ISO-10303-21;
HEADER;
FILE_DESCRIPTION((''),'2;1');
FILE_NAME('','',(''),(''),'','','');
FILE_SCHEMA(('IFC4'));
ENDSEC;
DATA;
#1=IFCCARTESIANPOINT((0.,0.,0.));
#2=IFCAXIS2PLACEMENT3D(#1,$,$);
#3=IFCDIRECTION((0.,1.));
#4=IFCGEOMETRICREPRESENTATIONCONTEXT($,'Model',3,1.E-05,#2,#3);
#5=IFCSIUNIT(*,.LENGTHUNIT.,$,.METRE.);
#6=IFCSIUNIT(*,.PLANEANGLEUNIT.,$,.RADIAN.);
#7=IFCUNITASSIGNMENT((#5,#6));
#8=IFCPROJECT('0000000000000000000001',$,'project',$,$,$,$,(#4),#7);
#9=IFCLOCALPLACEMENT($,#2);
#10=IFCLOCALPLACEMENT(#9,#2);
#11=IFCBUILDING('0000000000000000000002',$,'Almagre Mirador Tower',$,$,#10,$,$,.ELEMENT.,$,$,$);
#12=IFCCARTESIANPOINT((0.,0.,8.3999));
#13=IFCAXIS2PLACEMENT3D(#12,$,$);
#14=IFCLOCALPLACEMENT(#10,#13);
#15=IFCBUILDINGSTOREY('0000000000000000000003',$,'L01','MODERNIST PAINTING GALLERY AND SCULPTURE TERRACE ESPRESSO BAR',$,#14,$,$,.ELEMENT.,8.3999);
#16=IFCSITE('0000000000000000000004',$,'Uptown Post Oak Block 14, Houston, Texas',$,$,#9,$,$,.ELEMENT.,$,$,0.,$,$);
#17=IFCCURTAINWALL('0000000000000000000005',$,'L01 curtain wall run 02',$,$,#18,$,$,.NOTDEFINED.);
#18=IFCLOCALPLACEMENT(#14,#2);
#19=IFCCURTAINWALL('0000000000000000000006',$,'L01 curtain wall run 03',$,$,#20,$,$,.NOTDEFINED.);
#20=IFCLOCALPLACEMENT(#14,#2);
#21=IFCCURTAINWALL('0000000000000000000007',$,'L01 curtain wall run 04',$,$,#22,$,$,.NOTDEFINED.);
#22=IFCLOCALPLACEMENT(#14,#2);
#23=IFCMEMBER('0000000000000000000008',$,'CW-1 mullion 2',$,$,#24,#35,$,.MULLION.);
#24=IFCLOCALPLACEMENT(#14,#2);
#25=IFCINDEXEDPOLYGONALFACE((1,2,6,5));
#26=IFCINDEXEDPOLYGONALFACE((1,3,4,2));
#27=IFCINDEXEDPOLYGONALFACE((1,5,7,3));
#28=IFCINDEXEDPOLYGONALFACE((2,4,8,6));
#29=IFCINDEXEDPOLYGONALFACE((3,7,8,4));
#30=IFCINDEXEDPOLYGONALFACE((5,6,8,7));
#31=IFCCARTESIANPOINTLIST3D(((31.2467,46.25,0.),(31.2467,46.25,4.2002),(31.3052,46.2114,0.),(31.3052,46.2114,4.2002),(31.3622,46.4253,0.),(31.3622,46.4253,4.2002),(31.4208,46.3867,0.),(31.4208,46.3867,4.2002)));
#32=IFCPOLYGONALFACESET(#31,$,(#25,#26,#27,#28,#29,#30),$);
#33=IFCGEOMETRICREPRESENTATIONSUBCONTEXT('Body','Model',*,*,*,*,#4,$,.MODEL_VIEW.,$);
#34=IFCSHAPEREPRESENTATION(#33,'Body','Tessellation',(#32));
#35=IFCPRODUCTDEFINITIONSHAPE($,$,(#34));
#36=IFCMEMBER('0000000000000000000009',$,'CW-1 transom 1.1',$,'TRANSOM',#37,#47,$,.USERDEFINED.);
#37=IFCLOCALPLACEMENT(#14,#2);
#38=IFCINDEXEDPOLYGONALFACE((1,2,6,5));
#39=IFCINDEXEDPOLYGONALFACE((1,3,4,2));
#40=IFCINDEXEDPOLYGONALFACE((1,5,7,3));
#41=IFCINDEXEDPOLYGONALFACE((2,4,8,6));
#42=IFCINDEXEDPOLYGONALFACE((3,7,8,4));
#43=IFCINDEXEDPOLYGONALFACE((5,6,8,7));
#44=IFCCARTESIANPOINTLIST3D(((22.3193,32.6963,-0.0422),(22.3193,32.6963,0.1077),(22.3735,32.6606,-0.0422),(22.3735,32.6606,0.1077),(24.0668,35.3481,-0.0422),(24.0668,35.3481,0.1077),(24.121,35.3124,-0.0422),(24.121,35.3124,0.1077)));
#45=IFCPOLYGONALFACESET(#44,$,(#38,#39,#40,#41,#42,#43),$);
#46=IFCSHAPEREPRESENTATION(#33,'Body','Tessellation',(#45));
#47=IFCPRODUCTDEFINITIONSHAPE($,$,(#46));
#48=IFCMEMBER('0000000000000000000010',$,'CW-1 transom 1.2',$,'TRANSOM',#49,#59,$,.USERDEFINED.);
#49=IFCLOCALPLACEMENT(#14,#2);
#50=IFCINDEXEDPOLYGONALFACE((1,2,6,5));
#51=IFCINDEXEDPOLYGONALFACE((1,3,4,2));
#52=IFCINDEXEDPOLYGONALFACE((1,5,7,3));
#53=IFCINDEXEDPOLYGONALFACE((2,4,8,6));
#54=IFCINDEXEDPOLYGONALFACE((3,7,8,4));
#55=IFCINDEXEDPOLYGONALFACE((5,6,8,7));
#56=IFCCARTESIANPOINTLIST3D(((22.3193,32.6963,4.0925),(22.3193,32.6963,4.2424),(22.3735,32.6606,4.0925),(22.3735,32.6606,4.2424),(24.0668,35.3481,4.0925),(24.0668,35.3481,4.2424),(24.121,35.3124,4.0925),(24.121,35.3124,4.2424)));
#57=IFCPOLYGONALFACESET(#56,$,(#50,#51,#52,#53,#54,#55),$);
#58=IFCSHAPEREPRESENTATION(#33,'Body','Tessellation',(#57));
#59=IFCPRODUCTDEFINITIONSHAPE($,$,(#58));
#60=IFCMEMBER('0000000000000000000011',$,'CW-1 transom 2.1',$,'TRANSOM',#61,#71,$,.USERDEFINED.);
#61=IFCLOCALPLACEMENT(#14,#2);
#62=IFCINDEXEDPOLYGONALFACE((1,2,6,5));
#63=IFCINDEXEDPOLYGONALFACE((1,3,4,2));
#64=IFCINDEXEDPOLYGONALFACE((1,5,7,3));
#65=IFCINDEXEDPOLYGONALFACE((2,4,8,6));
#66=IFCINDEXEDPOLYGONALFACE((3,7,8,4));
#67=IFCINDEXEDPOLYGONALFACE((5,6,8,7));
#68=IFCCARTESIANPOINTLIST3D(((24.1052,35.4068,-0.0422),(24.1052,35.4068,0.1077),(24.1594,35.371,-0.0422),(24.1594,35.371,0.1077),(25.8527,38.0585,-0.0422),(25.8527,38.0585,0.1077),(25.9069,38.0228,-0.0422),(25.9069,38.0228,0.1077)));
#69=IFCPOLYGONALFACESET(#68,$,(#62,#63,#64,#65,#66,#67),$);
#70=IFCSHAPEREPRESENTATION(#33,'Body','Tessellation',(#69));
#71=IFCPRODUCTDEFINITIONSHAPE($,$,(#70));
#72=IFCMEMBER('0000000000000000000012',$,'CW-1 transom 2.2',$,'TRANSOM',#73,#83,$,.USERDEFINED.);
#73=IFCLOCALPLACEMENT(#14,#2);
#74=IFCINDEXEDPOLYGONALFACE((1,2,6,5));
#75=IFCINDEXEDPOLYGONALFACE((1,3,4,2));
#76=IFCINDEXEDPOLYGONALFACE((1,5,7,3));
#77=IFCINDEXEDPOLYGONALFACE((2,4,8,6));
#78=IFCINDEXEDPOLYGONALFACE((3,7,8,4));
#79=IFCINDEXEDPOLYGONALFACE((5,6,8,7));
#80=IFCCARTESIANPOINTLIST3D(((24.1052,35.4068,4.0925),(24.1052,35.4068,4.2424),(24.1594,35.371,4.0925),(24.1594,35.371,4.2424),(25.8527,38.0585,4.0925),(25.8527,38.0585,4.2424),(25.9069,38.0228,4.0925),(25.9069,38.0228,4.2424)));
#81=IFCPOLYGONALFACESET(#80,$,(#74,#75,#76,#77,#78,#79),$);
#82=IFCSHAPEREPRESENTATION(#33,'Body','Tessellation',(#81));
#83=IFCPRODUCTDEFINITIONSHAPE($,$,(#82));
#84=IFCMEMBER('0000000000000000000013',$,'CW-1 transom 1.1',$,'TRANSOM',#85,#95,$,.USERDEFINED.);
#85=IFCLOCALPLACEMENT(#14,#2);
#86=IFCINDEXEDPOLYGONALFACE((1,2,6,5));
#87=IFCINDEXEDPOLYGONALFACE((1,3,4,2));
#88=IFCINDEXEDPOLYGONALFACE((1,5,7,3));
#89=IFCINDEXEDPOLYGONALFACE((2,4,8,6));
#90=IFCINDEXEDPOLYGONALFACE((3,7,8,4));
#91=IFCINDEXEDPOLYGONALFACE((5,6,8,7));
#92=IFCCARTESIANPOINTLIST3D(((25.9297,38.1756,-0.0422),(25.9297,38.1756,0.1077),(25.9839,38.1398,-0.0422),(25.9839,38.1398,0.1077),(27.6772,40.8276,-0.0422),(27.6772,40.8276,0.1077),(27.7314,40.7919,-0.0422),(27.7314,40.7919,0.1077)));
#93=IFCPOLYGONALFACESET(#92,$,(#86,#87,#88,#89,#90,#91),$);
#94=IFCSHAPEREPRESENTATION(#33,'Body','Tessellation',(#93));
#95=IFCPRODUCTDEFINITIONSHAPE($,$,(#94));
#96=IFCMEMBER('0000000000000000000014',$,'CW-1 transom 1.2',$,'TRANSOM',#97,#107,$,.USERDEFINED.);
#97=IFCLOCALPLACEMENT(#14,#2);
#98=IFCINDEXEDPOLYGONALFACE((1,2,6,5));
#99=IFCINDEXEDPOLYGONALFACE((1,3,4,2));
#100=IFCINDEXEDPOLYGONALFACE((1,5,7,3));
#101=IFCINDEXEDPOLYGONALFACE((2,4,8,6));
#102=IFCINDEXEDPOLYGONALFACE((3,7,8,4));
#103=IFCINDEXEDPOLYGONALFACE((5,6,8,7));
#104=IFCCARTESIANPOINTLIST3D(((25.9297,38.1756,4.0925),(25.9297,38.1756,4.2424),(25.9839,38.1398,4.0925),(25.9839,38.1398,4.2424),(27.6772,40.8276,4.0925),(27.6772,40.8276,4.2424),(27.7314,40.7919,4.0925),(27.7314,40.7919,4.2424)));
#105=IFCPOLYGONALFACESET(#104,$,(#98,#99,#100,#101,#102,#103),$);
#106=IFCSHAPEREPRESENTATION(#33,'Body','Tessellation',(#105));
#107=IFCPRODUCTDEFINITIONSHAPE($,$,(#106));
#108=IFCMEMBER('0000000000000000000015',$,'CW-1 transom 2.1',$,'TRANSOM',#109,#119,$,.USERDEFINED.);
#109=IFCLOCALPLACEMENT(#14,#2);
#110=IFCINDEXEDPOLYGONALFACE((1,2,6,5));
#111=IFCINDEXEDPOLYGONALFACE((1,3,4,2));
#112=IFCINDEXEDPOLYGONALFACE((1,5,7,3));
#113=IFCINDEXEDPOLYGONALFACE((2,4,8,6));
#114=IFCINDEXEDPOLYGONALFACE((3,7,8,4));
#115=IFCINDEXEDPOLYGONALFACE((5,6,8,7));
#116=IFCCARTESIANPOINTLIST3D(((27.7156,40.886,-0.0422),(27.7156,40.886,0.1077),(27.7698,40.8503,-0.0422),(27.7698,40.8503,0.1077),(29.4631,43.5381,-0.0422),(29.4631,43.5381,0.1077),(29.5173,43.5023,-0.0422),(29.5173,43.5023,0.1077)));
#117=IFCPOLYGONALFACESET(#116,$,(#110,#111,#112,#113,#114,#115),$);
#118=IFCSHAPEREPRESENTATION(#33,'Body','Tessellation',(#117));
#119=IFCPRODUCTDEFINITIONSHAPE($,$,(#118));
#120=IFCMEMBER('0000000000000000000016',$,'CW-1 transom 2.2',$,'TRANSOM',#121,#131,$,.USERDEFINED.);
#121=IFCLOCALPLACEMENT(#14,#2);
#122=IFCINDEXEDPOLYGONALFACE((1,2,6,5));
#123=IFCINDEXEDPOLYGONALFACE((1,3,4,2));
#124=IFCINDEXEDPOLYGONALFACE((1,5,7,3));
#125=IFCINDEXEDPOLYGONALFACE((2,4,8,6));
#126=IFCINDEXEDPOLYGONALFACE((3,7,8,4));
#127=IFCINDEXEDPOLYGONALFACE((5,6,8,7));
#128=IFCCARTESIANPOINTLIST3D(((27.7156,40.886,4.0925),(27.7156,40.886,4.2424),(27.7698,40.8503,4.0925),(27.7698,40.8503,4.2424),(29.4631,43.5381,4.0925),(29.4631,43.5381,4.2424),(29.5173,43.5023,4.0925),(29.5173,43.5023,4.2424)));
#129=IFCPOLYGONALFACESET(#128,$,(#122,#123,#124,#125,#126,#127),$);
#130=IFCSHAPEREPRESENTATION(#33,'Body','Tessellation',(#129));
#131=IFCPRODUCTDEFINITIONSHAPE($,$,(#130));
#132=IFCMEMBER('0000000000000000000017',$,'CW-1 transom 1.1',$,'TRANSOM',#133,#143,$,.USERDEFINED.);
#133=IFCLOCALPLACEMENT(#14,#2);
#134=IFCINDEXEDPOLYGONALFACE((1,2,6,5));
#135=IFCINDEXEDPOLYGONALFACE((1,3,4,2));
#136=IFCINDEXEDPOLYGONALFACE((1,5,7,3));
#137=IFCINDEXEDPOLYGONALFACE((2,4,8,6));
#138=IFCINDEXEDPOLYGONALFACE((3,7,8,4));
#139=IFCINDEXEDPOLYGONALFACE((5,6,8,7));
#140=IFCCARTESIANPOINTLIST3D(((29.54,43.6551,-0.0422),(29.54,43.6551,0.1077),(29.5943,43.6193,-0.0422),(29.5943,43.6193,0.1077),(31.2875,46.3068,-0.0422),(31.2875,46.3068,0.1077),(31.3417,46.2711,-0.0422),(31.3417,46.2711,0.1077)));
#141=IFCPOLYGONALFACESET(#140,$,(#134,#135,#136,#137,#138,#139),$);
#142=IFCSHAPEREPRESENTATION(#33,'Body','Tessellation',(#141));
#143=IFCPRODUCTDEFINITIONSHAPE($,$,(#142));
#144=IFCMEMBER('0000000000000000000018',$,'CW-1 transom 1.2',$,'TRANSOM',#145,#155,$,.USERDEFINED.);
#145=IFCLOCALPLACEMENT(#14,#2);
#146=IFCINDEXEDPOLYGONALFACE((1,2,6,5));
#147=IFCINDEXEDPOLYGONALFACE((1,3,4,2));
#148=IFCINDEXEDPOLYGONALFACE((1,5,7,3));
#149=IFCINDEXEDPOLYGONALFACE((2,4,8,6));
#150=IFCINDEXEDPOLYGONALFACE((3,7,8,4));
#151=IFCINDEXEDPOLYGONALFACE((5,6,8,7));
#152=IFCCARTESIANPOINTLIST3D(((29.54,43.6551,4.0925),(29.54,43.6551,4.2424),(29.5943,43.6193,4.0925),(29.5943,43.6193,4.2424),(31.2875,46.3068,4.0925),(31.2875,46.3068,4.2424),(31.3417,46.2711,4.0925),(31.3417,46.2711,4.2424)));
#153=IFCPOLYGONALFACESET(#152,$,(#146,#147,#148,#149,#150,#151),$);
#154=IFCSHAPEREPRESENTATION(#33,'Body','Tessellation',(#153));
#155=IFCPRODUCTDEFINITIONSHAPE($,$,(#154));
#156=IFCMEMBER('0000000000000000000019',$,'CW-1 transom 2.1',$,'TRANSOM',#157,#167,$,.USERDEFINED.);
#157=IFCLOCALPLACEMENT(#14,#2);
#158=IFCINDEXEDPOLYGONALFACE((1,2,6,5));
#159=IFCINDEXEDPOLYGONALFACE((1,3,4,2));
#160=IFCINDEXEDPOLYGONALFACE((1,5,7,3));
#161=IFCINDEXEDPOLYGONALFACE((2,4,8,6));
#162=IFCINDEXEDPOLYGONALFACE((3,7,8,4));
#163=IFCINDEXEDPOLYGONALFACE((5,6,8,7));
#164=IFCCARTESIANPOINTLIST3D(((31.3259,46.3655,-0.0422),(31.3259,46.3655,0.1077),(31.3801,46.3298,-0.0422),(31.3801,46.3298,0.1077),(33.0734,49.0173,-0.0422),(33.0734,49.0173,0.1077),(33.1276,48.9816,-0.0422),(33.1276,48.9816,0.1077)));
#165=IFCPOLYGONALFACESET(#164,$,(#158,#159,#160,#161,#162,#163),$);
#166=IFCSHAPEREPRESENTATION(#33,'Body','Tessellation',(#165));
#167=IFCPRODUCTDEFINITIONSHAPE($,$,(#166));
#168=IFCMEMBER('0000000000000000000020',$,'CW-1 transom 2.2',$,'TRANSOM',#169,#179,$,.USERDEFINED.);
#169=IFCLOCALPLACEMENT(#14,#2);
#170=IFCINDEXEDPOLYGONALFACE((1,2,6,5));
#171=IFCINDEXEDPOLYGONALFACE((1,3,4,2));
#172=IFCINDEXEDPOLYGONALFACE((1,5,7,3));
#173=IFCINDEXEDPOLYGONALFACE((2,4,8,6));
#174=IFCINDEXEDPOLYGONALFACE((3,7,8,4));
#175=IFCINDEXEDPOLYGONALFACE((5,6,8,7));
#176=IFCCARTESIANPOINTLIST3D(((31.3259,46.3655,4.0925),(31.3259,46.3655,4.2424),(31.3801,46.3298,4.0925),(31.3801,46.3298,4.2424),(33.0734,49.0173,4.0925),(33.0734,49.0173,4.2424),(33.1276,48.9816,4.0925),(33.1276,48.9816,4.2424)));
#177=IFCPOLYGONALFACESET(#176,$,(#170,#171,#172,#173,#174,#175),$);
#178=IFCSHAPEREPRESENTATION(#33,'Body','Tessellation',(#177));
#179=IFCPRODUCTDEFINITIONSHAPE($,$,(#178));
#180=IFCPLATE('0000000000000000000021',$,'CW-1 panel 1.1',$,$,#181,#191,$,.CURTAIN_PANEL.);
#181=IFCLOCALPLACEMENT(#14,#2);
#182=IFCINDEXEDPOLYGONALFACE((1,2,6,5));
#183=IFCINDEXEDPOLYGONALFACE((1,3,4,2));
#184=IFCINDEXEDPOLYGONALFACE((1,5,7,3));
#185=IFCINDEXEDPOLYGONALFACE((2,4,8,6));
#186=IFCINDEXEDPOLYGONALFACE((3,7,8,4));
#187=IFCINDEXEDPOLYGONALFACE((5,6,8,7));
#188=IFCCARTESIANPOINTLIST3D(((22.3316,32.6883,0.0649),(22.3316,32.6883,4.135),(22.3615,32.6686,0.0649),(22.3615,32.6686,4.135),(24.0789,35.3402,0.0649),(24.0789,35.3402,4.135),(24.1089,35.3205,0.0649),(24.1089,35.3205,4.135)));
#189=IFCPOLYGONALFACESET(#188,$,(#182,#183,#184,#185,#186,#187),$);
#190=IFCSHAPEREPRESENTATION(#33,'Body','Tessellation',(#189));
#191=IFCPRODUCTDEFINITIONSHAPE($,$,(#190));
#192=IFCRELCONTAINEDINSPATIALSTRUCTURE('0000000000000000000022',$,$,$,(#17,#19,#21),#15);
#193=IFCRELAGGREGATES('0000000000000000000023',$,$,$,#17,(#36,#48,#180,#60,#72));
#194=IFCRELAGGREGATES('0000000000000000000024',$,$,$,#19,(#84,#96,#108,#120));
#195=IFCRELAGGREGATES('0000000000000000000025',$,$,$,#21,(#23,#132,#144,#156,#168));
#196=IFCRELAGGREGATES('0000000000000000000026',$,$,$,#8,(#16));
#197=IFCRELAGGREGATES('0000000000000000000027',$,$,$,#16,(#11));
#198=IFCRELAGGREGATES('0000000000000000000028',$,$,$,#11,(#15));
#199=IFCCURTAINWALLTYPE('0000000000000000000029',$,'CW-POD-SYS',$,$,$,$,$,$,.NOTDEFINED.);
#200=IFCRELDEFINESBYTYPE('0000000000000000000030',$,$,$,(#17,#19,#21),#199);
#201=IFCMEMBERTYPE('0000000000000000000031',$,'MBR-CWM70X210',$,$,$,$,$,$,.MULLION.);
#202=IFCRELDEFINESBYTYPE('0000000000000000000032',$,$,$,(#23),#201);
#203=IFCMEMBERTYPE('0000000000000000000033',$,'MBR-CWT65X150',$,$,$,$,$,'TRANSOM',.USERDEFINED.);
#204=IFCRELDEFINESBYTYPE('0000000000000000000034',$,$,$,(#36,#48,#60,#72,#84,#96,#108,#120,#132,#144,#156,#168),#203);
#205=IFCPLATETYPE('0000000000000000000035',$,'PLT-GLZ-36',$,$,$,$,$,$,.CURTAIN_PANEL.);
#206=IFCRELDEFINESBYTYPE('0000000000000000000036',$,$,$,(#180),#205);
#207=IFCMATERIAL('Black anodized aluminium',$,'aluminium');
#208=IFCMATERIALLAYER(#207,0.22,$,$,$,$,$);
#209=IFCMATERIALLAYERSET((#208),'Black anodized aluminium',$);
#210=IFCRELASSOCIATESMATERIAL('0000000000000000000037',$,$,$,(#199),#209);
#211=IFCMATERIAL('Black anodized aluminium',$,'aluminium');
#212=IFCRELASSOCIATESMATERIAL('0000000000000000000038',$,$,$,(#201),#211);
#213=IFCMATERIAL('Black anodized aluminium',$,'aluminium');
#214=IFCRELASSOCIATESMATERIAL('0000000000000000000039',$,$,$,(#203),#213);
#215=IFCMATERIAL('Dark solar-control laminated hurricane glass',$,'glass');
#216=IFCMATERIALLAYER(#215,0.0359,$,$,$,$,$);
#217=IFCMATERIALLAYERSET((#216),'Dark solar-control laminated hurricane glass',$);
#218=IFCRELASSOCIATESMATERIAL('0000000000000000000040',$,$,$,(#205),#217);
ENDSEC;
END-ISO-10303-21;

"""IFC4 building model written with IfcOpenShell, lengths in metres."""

from ifc_helpers import new_model, si_unit, direction, frame, origin, origin_2d, place, context, subcontext, project, spatial, rectangle, extrude, material, layer, layer_set, material_profile, profile_set, type_object, element, aggregate, save


model = new_model("IFC4")

# Units and contexts
model_context = context("Model", 3, precision=1e-05, world=origin(), true_north=direction((0.0, 1.0)))
body_context = subcontext(model_context, "Body", "Model", "MODEL_VIEW")
ifc_project = project(units=[si_unit("LENGTHUNIT", "METRE"), si_unit("PLANEANGLEUNIT", "RADIAN")], contexts=[model_context])

# Site, building, storey
site_placement = place(None, origin())
site = spatial("IfcSite", under=ifc_project, at=site_placement, Name="Uptown Post Oak Block 14, Houston, Texas", CompositionType="ELEMENT", RefElevation=0.0)
building_placement = place(site_placement, origin())
building = spatial("IfcBuilding", under=site, at=building_placement, Name="Almagre Mirador Tower", CompositionType="ELEMENT")
storey_placement = place(building_placement, frame((0.0, 0.0, 8.3999)))
storey = spatial("IfcBuildingStorey", under=building, at=storey_placement, Name="L01", Description="MODERNIST PAINTING GALLERY AND SCULPTURE TERRACE ESPRESSO BAR", CompositionType="ELEMENT", Elevation=8.3999)

# Curtain walls, member
ifc_material_1 = material(Name="Black anodized aluminium", Category="aluminium")
ifc_layer_1 = layer(ifc_material_1, 0.22)
ifc_layer_set_1 = layer_set([ifc_layer_1], Name="Black anodized aluminium")
curtain_wall_type = type_object("IfcCurtainWallType", Name="CW-POD-SYS", PredefinedType="NOTDEFINED", material=ifc_layer_set_1)
curtain_wall_1_placement = place(storey_placement, origin())
curtain_wall_1 = element("IfcCurtainWall", 1, at=curtain_wall_1_placement, inside=storey, type_object=curtain_wall_type, Name="L01 curtain wall run 02", PredefinedType="NOTDEFINED")
ifc_material_2 = material(Name="Black anodized aluminium", Category="aluminium")
ifc_material_profile_1 = material_profile(ifc_material_2, rectangle(XDim=0.0701, YDim=0.21, at=origin_2d()), Name="CWM70X210")
ifc_profile_set_1 = profile_set([ifc_material_profile_1], Name="Black anodized aluminium")
member_type_1 = type_object("IfcMemberType", Name="MBR-CWM70X210", PredefinedType="MULLION", material=ifc_profile_set_1)
curtain_wall_2_placement = place(storey_placement, origin())
curtain_wall_2 = element("IfcCurtainWall", 2, at=curtain_wall_2_placement, inside=storey, type_object=curtain_wall_type, Name="L01 curtain wall run 03", PredefinedType="NOTDEFINED")
curtain_wall_3_placement = place(storey_placement, origin())
curtain_wall_3 = element("IfcCurtainWall", 3, at=curtain_wall_3_placement, inside=storey, type_object=curtain_wall_type, Name="L01 curtain wall run 04", PredefinedType="NOTDEFINED")
member_1_placement = place(storey_placement, frame((31.3337, 46.3184, 0.0), z_axis=(0.0, 0.0, 1.0), x_axis=(-0.835032, 0.550201, 0.0)))
member_1 = element("IfcMember", 4, at=member_1_placement, type_object=member_type_1, Name="CW-1 mullion 2", PredefinedType="MULLION", context=body_context, shape_type="SweptSolid", body=[
    extrude(rectangle(XDim=0.0701, YDim=0.21, at=origin_2d()), origin(), (0.0, 0.0, 1.0), 4.2002),
])

# Members
ifc_material_3 = material(Name="Black anodized aluminium", Category="aluminium")
ifc_material_profile_2 = material_profile(ifc_material_3, rectangle(XDim=0.0649, YDim=0.1499, at=origin_2d()), Name="CWT65X150")
ifc_profile_set_2 = profile_set([ifc_material_profile_2], Name="Black anodized aluminium")
member_type_2 = type_object("IfcMemberType", Name="MBR-CWT65X150", ElementType="TRANSOM", PredefinedType="USERDEFINED", material=ifc_profile_set_2)
member_2_placement = place(storey_placement, frame((22.3464, 32.6785, 0.0327), z_axis=(0.550257, 0.834995, 0.0), x_axis=(-0.834995, 0.550257, 0.0)))
member_2 = element("IfcMember", 5, at=member_2_placement, type_object=member_type_2, Name="CW-1 transom 1.1", ObjectType="TRANSOM", PredefinedType="USERDEFINED", context=body_context, shape_type="SweptSolid", body=[
    extrude(rectangle(XDim=0.0649, YDim=0.1499, at=origin_2d()), origin(), (0.0, 0.0, 1.0), 3.1758),
])
member_3_placement = place(storey_placement, frame((22.3464, 32.6785, 4.1675), z_axis=(0.550257, 0.834995, 0.0), x_axis=(-0.834995, 0.550257, 0.0)))
member_3 = element("IfcMember", 6, at=member_3_placement, type_object=member_type_2, Name="CW-1 transom 1.2", ObjectType="TRANSOM", PredefinedType="USERDEFINED", context=body_context, shape_type="SweptSolid", body=[
    extrude(rectangle(XDim=0.0649, YDim=0.1499, at=origin_2d()), origin(), (0.0, 0.0, 1.0), 3.1758),
])
member_4_placement = place(storey_placement, frame((24.1323, 35.3889, 0.0327), z_axis=(0.550257, 0.834995, 0.0), x_axis=(-0.834995, 0.550257, 0.0)))
member_4 = element("IfcMember", 7, at=member_4_placement, type_object=member_type_2, Name="CW-1 transom 2.1", ObjectType="TRANSOM", PredefinedType="USERDEFINED", context=body_context, shape_type="SweptSolid", body=[
    extrude(rectangle(XDim=0.0649, YDim=0.1499, at=origin_2d()), origin(), (0.0, 0.0, 1.0), 3.1758),
])
member_5_placement = place(storey_placement, frame((24.1323, 35.3889, 4.1675), z_axis=(0.550257, 0.834995, 0.0), x_axis=(-0.834995, 0.550257, 0.0)))
member_5 = element("IfcMember", 8, at=member_5_placement, type_object=member_type_2, Name="CW-1 transom 2.2", ObjectType="TRANSOM", PredefinedType="USERDEFINED", context=body_context, shape_type="SweptSolid", body=[
    extrude(rectangle(XDim=0.0649, YDim=0.1499, at=origin_2d()), origin(), (0.0, 0.0, 1.0), 3.1758),
])
member_6_placement = place(storey_placement, frame((25.9568, 38.1577, 0.0327), z_axis=(0.550222, 0.835018, 0.0), x_axis=(-0.835018, 0.550222, 0.0)))
member_6 = element("IfcMember", 9, at=member_6_placement, type_object=member_type_2, Name="CW-1 transom 1.1", ObjectType="TRANSOM", PredefinedType="USERDEFINED", context=body_context, shape_type="SweptSolid", body=[
    extrude(rectangle(XDim=0.0649, YDim=0.1499, at=origin_2d()), origin(), (0.0, 0.0, 1.0), 3.176),
])
member_7_placement = place(storey_placement, frame((25.9568, 38.1577, 4.1675), z_axis=(0.550222, 0.835018, 0.0), x_axis=(-0.835018, 0.550222, 0.0)))
member_7 = element("IfcMember", 10, at=member_7_placement, type_object=member_type_2, Name="CW-1 transom 1.2", ObjectType="TRANSOM", PredefinedType="USERDEFINED", context=body_context, shape_type="SweptSolid", body=[
    extrude(rectangle(XDim=0.0649, YDim=0.1499, at=origin_2d()), origin(), (0.0, 0.0, 1.0), 3.176),
])
member_8_placement = place(storey_placement, frame((27.7427, 40.8682, 0.0327), z_axis=(0.550222, 0.835018, 0.0), x_axis=(-0.835018, 0.550222, 0.0)))
member_8 = element("IfcMember", 11, at=member_8_placement, type_object=member_type_2, Name="CW-1 transom 2.1", ObjectType="TRANSOM", PredefinedType="USERDEFINED", context=body_context, shape_type="SweptSolid", body=[
    extrude(rectangle(XDim=0.0649, YDim=0.1499, at=origin_2d()), origin(), (0.0, 0.0, 1.0), 3.176),
])
member_9_placement = place(storey_placement, frame((27.7427, 40.8682, 4.1675), z_axis=(0.550222, 0.835018, 0.0), x_axis=(-0.835018, 0.550222, 0.0)))
member_9 = element("IfcMember", 12, at=member_9_placement, type_object=member_type_2, Name="CW-1 transom 2.2", ObjectType="TRANSOM", PredefinedType="USERDEFINED", context=body_context, shape_type="SweptSolid", body=[
    extrude(rectangle(XDim=0.0649, YDim=0.1499, at=origin_2d()), origin(), (0.0, 0.0, 1.0), 3.176),
])
member_10_placement = place(storey_placement, frame((29.5671, 43.6372, 0.0327), z_axis=(0.550257, 0.834995, 0.0), x_axis=(-0.834995, 0.550257, 0.0)))
member_10 = element("IfcMember", 13, at=member_10_placement, type_object=member_type_2, Name="CW-1 transom 1.1", ObjectType="TRANSOM", PredefinedType="USERDEFINED", context=body_context, shape_type="SweptSolid", body=[
    extrude(rectangle(XDim=0.0649, YDim=0.1499, at=origin_2d()), origin(), (0.0, 0.0, 1.0), 3.1758),
])
member_11_placement = place(storey_placement, frame((29.5671, 43.6372, 4.1675), z_axis=(0.550257, 0.834995, 0.0), x_axis=(-0.834995, 0.550257, 0.0)))
member_11 = element("IfcMember", 14, at=member_11_placement, type_object=member_type_2, Name="CW-1 transom 1.2", ObjectType="TRANSOM", PredefinedType="USERDEFINED", context=body_context, shape_type="SweptSolid", body=[
    extrude(rectangle(XDim=0.0649, YDim=0.1499, at=origin_2d()), origin(), (0.0, 0.0, 1.0), 3.1758),
])
member_12_placement = place(storey_placement, frame((31.353, 46.3477, 0.0327), z_axis=(0.550257, 0.834995, 0.0), x_axis=(-0.834995, 0.550257, 0.0)))
member_12 = element("IfcMember", 15, at=member_12_placement, type_object=member_type_2, Name="CW-1 transom 2.1", ObjectType="TRANSOM", PredefinedType="USERDEFINED", context=body_context, shape_type="SweptSolid", body=[
    extrude(rectangle(XDim=0.0649, YDim=0.1499, at=origin_2d()), origin(), (0.0, 0.0, 1.0), 3.1758),
])
member_13_placement = place(storey_placement, frame((31.353, 46.3477, 4.1675), z_axis=(0.550257, 0.834995, 0.0), x_axis=(-0.834995, 0.550257, 0.0)))
member_13 = element("IfcMember", 16, at=member_13_placement, type_object=member_type_2, Name="CW-1 transom 2.2", ObjectType="TRANSOM", PredefinedType="USERDEFINED", context=body_context, shape_type="SweptSolid", body=[
    extrude(rectangle(XDim=0.0649, YDim=0.1499, at=origin_2d()), origin(), (0.0, 0.0, 1.0), 3.1758),
])

# Plate
ifc_material_4 = material(Name="Dark solar-control laminated hurricane glass", Category="glass")
ifc_layer_2 = layer(ifc_material_4, 0.0359)
ifc_layer_set_2 = layer_set([ifc_layer_2], Name="Dark solar-control laminated hurricane glass")
plate_type = type_object("IfcPlateType", Name="PLT-GLZ-36", PredefinedType="CURTAIN_PANEL", material=ifc_layer_set_2)
plate_1_placement = place(storey_placement, frame((23.2202, 34.0044, 0.0649), z_axis=(0.0, 0.0, 1.0), x_axis=(0.550201, 0.835032, 0.0)))
plate_1 = element("IfcPlate", 17, at=plate_1_placement, type_object=plate_type, Name="CW-1 panel 1.1", PredefinedType="CURTAIN_PANEL", context=body_context, shape_type="SweptSolid", body=[
    extrude(rectangle(XDim=3.1758, YDim=0.0359, at=origin_2d()), origin(), (0.0, 0.0, 1.0), 4.0701),
])
aggregate(curtain_wall_1, [member_2, member_3, plate_1, member_4, member_5])
aggregate(curtain_wall_2, [member_6, member_7, member_8, member_9])
aggregate(curtain_wall_3, [member_1, member_10, member_11, member_12, member_13])

save(model, "model.ifc")
